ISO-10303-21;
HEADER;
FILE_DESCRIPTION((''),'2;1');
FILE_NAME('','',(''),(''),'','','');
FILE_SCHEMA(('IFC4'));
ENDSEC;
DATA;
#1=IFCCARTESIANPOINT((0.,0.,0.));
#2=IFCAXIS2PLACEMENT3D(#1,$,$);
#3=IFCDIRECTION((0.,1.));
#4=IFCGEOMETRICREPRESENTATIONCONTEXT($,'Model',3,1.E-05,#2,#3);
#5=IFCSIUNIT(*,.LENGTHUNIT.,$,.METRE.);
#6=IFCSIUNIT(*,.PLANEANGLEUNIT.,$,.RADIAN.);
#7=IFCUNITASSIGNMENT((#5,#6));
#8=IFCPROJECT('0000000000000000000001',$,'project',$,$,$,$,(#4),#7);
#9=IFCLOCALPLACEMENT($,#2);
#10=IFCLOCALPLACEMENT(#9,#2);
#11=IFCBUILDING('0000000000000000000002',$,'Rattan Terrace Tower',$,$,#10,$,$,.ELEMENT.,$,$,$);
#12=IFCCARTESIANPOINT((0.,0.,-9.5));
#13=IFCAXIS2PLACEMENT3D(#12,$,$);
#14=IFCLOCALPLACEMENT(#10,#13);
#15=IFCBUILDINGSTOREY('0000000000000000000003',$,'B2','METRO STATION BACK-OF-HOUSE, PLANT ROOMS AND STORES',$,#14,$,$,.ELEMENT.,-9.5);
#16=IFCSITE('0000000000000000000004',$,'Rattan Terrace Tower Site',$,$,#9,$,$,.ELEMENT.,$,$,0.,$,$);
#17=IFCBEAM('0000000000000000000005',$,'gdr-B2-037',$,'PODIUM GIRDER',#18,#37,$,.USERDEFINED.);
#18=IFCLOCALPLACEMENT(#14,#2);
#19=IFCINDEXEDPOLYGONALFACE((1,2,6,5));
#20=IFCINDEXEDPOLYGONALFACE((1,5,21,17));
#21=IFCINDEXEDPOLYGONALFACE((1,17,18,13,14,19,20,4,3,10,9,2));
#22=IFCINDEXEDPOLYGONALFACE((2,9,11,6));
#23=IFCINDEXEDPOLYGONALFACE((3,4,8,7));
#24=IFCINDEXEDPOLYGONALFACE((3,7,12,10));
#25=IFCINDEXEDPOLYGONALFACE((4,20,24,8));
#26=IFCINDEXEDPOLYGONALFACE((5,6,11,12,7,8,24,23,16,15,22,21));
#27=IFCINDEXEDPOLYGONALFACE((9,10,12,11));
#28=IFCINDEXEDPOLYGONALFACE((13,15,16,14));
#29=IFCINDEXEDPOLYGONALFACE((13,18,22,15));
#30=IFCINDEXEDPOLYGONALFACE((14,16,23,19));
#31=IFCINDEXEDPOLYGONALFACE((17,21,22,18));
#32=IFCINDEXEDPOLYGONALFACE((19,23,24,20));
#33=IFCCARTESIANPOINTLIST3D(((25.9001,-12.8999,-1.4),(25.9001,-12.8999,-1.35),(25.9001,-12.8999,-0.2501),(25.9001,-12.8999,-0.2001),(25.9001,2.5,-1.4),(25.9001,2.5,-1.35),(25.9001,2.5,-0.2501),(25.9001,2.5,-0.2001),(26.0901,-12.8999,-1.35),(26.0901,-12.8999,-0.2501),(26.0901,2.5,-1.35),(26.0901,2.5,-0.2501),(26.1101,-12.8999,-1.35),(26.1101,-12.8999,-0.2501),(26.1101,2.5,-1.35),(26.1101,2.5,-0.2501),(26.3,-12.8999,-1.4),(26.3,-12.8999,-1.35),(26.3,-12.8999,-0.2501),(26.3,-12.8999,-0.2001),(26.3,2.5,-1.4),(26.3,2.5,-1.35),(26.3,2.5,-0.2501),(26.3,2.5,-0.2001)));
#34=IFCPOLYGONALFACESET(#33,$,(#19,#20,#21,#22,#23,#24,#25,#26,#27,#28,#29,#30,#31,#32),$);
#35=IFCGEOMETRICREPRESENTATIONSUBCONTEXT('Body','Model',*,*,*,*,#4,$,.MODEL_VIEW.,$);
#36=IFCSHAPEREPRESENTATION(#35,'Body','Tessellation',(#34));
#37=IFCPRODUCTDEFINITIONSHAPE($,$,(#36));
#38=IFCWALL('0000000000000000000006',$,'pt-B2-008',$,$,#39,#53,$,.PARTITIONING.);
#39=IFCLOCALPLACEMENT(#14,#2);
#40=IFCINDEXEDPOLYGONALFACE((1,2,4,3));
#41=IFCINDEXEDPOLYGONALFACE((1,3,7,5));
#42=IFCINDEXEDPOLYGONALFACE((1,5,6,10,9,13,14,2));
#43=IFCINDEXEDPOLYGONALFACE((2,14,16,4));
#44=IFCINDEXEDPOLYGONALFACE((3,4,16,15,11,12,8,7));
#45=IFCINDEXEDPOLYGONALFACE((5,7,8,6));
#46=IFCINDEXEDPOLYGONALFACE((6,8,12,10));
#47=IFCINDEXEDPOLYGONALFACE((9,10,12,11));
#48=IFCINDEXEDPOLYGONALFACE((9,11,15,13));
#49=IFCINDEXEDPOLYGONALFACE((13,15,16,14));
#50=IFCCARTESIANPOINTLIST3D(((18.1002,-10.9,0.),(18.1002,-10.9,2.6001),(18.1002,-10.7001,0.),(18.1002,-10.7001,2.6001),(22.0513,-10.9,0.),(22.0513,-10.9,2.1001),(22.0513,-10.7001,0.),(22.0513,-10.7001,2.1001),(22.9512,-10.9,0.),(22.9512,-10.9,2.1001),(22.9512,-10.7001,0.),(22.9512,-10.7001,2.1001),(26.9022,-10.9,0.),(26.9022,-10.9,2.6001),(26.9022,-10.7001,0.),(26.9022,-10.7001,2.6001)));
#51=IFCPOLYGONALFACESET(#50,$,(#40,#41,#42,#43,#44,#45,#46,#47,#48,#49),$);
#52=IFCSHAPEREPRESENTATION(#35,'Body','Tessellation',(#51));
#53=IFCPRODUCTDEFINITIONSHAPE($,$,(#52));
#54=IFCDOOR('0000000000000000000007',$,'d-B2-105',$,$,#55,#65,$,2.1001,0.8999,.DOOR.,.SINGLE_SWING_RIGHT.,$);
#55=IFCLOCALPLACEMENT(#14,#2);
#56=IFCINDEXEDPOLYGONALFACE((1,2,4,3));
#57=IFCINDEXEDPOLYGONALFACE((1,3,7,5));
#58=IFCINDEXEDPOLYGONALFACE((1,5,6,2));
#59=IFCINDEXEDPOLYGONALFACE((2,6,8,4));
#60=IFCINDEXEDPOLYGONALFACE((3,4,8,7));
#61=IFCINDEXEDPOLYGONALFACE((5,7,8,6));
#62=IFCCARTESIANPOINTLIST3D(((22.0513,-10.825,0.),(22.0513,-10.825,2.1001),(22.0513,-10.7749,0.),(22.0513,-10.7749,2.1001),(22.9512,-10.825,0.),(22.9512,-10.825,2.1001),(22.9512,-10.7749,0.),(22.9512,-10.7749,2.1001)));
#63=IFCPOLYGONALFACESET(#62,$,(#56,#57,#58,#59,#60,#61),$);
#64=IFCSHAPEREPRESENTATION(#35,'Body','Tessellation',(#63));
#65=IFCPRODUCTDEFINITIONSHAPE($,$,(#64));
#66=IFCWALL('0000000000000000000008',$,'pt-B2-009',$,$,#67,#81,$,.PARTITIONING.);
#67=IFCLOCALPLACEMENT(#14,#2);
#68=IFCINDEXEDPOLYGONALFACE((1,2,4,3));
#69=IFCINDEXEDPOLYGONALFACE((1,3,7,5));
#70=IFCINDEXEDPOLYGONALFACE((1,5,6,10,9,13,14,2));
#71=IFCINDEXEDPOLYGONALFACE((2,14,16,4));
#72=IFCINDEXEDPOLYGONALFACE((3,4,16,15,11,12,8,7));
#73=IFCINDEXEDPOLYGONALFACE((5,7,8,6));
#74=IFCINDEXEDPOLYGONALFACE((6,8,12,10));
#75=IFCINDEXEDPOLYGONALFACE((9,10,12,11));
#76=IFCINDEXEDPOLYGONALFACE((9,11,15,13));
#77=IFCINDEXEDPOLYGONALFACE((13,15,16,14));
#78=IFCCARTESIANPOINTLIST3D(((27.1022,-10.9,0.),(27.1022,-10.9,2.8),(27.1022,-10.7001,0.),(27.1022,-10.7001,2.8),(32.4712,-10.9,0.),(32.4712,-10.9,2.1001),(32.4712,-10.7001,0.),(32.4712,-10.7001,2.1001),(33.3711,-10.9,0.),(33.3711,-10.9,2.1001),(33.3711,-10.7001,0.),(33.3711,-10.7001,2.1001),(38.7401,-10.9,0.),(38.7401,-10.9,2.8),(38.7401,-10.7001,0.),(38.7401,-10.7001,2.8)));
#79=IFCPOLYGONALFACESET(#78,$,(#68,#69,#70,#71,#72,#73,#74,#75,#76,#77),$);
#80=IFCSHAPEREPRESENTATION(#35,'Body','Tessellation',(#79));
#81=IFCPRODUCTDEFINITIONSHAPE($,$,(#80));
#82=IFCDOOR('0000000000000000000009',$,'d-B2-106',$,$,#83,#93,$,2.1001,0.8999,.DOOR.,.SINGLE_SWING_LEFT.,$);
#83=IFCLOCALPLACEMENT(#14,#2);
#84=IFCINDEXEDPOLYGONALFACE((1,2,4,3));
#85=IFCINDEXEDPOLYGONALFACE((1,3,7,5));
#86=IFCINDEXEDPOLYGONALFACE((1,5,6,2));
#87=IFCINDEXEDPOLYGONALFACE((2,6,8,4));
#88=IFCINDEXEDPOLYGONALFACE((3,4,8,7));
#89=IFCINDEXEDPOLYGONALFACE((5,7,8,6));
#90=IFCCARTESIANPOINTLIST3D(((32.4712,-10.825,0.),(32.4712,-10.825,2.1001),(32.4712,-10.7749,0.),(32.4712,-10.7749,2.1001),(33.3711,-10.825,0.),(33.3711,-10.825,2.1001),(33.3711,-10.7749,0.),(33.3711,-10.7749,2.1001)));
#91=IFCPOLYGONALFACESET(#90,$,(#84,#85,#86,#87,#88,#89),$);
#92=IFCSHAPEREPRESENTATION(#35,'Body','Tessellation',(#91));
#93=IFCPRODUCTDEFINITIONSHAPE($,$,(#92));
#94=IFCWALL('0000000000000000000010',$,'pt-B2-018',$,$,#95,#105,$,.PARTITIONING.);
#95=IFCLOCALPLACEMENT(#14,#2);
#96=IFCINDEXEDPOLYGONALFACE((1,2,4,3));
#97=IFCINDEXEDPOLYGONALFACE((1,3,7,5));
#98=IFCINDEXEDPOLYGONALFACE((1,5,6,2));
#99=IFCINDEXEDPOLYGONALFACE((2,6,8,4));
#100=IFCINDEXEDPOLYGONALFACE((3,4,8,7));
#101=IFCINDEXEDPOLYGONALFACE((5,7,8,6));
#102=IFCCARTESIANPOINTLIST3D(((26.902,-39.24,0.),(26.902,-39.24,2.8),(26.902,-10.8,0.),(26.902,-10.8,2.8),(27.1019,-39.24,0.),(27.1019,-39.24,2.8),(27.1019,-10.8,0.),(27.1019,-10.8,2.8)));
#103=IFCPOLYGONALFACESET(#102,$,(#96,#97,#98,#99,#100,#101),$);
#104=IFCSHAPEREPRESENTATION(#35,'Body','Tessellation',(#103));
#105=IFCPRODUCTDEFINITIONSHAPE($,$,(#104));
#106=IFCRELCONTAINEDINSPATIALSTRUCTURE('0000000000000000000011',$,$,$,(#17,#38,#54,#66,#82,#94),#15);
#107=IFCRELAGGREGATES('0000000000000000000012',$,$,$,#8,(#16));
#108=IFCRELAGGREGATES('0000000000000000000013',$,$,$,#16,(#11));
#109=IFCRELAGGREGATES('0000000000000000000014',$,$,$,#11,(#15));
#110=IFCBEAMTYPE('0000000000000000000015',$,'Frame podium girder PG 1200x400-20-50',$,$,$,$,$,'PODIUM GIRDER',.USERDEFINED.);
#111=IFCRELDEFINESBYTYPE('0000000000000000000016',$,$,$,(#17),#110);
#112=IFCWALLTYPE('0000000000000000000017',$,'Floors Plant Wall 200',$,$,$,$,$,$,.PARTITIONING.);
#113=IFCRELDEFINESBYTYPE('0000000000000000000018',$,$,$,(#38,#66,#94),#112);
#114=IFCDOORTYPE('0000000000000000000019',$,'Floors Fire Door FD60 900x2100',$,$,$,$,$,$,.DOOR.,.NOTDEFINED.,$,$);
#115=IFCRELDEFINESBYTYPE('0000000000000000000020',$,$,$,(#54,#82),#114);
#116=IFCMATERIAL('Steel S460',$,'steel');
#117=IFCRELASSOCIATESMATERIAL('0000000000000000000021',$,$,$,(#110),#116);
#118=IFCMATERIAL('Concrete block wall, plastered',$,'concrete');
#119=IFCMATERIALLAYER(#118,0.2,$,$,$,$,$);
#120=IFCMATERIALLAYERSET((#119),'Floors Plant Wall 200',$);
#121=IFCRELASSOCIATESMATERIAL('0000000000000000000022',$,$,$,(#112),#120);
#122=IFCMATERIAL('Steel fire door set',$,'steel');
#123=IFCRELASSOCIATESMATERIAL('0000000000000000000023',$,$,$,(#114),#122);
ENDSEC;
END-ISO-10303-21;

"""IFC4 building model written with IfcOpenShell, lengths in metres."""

from ifc_helpers import new_model, si_unit, direction, frame, frame_2d, origin, origin_2d, place, context, subcontext, project, spatial, rectangle, i_section, extrude, material, layer, layer_set, material_profile, profile_set, type_object, element, fill, save


model = new_model("IFC4")

# Units and contexts
model_context = context("Model", 3, precision=1e-05, world=origin(), true_north=direction((0.0, 1.0)))
body_context = subcontext(model_context, "Body", "Model", "MODEL_VIEW")
ifc_project = project(units=[si_unit("LENGTHUNIT", "METRE"), si_unit("PLANEANGLEUNIT", "RADIAN")], contexts=[model_context])

# Site, building, storey
site_placement = place(None, origin())
site = spatial("IfcSite", under=ifc_project, at=site_placement, Name="Rattan Terrace Tower Site", CompositionType="ELEMENT", RefElevation=0.0)
building_placement = place(site_placement, origin())
building = spatial("IfcBuilding", under=site, at=building_placement, Name="Rattan Terrace Tower", CompositionType="ELEMENT")
storey_placement = place(building_placement, frame((0.0, 0.0, -9.5)))
storey = spatial("IfcBuildingStorey", under=building, at=storey_placement, Name="B2", Description="METRO STATION BACK-OF-HOUSE, PLANT ROOMS AND STORES", CompositionType="ELEMENT", Elevation=-9.5)

# Beam
ifc_material_1 = material(Name="Steel S460", Category="steel")
ifc_material_profile_1 = material_profile(ifc_material_1, i_section(OverallWidth=0.3999, OverallDepth=1.2, WebThickness=0.02, FlangeThickness=0.05, at=origin_2d()), Name="PG 1200x400-20-50")
ifc_profile_set_1 = profile_set([ifc_material_profile_1], Name="Steel S460")
beam_type_1 = type_object("IfcBeamType", Name="Frame podium girder PG 1200x400-20-50", ElementType="PODIUM GIRDER", PredefinedType="USERDEFINED", material=ifc_profile_set_1)
beam_1_placement = place(storey_placement, frame((26.1001, -12.8999, -0.8), z_axis=(0.0, 1.0, 0.0), x_axis=(-1.0, 0.0, 0.0)))
element("IfcBeam", 1, at=beam_1_placement, inside=storey, type_object=beam_type_1, Name="gdr-B2-037", ObjectType="PODIUM GIRDER", PredefinedType="USERDEFINED", context=body_context, shape_type="SweptSolid", body=[
    extrude(i_section(OverallWidth=0.3999, OverallDepth=1.2, WebThickness=0.02, FlangeThickness=0.05, at=origin_2d()), origin(), (0.0, 0.0, 1.0), 15.3999),
])

# Walls, openings, doors
ifc_material_2 = material(Name="Concrete block wall, plastered", Category="concrete")
ifc_layer = layer(ifc_material_2, 0.2)
ifc_layer_set = layer_set([ifc_layer], Name="Floors Plant Wall 200")
wall_type = type_object("IfcWallType", Name="Floors Plant Wall 200", PredefinedType="PARTITIONING", material=ifc_layer_set)
wall_1_placement = place(storey_placement, frame((26.9021, -10.8, 0.0), z_axis=(0.0, 0.0, 1.0), x_axis=(-1.0, 0.0, 0.0)))
wall_1 = element("IfcWall", 2, at=wall_1_placement, inside=storey, type_object=wall_type, Name="pt-B2-008", PredefinedType="PARTITIONING", context=body_context, shape_type="SweptSolid", body=[
    extrude(rectangle(XDim=8.802, YDim=0.2, at=frame_2d((4.4009, 0.0))), origin(), (0.0, 0.0, 1.0), 2.6001),
])
opening_1_placement = place(wall_1_placement, frame((3.9509, 0.0, 0.0)))
opening_1 = element("IfcOpeningElement", 3, at=opening_1_placement, cuts=wall_1, PredefinedType="OPENING", context=body_context, shape_type="SweptSolid", body=[
    extrude(rectangle(XDim=0.8999, YDim=2.1001, at=frame_2d((0.45, 1.05))), frame((0.0, 0.1106, 0.0), z_axis=(0.0, -1.0, 0.0), x_axis=(1.0, 0.0, 0.0)), (0.0, 0.0, 1.0), 0.2209),
])
ifc_material_3 = material(Name="Steel fire door set", Category="steel")
door_type = type_object("IfcDoorType", Name="Floors Fire Door FD60 900x2100", OperationType="NOTDEFINED", PredefinedType="DOOR", material=ifc_material_3)
door_1_placement = place(opening_1_placement, origin())
door_1 = element("IfcDoor", 4, at=door_1_placement, inside=storey, type_object=door_type, Name="d-B2-105", OperationType="SINGLE_SWING_RIGHT", OverallHeight=2.1001, OverallWidth=0.8999, PredefinedType="DOOR", context=body_context, shape_type="SweptSolid", body=[
    extrude(rectangle(XDim=0.8999, YDim=2.1001, at=frame_2d((0.45, 1.05))), frame((0.0, 0.0249, 0.0), z_axis=(0.0, -1.0, 0.0), x_axis=(1.0, 0.0, 0.0)), (0.0, 0.0, 1.0), 0.05),
])
fill(opening_1, door_1)
wall_2_placement = place(storey_placement, frame((38.74, -10.8, 0.0), z_axis=(0.0, 0.0, 1.0), x_axis=(-1.0, 0.0, 0.0)))
wall_2 = element("IfcWall", 5, at=wall_2_placement, inside=storey, type_object=wall_type, Name="pt-B2-009", PredefinedType="PARTITIONING", context=body_context, shape_type="SweptSolid", body=[
    extrude(rectangle(XDim=11.6379, YDim=0.2, at=frame_2d((5.8188, 0.0))), origin(), (0.0, 0.0, 1.0), 2.8),
])
opening_2_placement = place(wall_2_placement, frame((5.3689, 0.0, 0.0)))
opening_2 = element("IfcOpeningElement", 6, at=opening_2_placement, cuts=wall_2, PredefinedType="OPENING", context=body_context, shape_type="SweptSolid", body=[
    extrude(rectangle(XDim=0.8999, YDim=2.1001, at=frame_2d((0.45, 1.05))), frame((0.0, 0.1106, 0.0), z_axis=(0.0, -1.0, 0.0), x_axis=(1.0, 0.0, 0.0)), (0.0, 0.0, 1.0), 0.2209),
])
door_2_placement = place(opening_2_placement, origin())
door_2 = element("IfcDoor", 7, at=door_2_placement, inside=storey, type_object=door_type, Name="d-B2-106", OperationType="SINGLE_SWING_LEFT", OverallHeight=2.1001, OverallWidth=0.8999, PredefinedType="DOOR", context=body_context, shape_type="SweptSolid", body=[
    extrude(rectangle(XDim=0.8999, YDim=2.1001, at=frame_2d((0.45, 1.05))), frame((0.0, 0.0249, 0.0), z_axis=(0.0, -1.0, 0.0), x_axis=(1.0, 0.0, 0.0)), (0.0, 0.0, 1.0), 0.05),
])
fill(opening_2, door_2)

# Wall
wall_3_placement = place(storey_placement, frame((27.002, -10.8, 0.0), z_axis=(0.0, 0.0, 1.0), x_axis=(0.0, -1.0, 0.0)))
element("IfcWall", 8, at=wall_3_placement, inside=storey, type_object=wall_type, Name="pt-B2-018", PredefinedType="PARTITIONING", context=body_context, shape_type="SweptSolid", body=[
    extrude(rectangle(XDim=28.4399, YDim=0.2, at=frame_2d((14.22, 0.0))), origin(), (0.0, 0.0, 1.0), 2.8),
])

save(model, "model.ifc")
